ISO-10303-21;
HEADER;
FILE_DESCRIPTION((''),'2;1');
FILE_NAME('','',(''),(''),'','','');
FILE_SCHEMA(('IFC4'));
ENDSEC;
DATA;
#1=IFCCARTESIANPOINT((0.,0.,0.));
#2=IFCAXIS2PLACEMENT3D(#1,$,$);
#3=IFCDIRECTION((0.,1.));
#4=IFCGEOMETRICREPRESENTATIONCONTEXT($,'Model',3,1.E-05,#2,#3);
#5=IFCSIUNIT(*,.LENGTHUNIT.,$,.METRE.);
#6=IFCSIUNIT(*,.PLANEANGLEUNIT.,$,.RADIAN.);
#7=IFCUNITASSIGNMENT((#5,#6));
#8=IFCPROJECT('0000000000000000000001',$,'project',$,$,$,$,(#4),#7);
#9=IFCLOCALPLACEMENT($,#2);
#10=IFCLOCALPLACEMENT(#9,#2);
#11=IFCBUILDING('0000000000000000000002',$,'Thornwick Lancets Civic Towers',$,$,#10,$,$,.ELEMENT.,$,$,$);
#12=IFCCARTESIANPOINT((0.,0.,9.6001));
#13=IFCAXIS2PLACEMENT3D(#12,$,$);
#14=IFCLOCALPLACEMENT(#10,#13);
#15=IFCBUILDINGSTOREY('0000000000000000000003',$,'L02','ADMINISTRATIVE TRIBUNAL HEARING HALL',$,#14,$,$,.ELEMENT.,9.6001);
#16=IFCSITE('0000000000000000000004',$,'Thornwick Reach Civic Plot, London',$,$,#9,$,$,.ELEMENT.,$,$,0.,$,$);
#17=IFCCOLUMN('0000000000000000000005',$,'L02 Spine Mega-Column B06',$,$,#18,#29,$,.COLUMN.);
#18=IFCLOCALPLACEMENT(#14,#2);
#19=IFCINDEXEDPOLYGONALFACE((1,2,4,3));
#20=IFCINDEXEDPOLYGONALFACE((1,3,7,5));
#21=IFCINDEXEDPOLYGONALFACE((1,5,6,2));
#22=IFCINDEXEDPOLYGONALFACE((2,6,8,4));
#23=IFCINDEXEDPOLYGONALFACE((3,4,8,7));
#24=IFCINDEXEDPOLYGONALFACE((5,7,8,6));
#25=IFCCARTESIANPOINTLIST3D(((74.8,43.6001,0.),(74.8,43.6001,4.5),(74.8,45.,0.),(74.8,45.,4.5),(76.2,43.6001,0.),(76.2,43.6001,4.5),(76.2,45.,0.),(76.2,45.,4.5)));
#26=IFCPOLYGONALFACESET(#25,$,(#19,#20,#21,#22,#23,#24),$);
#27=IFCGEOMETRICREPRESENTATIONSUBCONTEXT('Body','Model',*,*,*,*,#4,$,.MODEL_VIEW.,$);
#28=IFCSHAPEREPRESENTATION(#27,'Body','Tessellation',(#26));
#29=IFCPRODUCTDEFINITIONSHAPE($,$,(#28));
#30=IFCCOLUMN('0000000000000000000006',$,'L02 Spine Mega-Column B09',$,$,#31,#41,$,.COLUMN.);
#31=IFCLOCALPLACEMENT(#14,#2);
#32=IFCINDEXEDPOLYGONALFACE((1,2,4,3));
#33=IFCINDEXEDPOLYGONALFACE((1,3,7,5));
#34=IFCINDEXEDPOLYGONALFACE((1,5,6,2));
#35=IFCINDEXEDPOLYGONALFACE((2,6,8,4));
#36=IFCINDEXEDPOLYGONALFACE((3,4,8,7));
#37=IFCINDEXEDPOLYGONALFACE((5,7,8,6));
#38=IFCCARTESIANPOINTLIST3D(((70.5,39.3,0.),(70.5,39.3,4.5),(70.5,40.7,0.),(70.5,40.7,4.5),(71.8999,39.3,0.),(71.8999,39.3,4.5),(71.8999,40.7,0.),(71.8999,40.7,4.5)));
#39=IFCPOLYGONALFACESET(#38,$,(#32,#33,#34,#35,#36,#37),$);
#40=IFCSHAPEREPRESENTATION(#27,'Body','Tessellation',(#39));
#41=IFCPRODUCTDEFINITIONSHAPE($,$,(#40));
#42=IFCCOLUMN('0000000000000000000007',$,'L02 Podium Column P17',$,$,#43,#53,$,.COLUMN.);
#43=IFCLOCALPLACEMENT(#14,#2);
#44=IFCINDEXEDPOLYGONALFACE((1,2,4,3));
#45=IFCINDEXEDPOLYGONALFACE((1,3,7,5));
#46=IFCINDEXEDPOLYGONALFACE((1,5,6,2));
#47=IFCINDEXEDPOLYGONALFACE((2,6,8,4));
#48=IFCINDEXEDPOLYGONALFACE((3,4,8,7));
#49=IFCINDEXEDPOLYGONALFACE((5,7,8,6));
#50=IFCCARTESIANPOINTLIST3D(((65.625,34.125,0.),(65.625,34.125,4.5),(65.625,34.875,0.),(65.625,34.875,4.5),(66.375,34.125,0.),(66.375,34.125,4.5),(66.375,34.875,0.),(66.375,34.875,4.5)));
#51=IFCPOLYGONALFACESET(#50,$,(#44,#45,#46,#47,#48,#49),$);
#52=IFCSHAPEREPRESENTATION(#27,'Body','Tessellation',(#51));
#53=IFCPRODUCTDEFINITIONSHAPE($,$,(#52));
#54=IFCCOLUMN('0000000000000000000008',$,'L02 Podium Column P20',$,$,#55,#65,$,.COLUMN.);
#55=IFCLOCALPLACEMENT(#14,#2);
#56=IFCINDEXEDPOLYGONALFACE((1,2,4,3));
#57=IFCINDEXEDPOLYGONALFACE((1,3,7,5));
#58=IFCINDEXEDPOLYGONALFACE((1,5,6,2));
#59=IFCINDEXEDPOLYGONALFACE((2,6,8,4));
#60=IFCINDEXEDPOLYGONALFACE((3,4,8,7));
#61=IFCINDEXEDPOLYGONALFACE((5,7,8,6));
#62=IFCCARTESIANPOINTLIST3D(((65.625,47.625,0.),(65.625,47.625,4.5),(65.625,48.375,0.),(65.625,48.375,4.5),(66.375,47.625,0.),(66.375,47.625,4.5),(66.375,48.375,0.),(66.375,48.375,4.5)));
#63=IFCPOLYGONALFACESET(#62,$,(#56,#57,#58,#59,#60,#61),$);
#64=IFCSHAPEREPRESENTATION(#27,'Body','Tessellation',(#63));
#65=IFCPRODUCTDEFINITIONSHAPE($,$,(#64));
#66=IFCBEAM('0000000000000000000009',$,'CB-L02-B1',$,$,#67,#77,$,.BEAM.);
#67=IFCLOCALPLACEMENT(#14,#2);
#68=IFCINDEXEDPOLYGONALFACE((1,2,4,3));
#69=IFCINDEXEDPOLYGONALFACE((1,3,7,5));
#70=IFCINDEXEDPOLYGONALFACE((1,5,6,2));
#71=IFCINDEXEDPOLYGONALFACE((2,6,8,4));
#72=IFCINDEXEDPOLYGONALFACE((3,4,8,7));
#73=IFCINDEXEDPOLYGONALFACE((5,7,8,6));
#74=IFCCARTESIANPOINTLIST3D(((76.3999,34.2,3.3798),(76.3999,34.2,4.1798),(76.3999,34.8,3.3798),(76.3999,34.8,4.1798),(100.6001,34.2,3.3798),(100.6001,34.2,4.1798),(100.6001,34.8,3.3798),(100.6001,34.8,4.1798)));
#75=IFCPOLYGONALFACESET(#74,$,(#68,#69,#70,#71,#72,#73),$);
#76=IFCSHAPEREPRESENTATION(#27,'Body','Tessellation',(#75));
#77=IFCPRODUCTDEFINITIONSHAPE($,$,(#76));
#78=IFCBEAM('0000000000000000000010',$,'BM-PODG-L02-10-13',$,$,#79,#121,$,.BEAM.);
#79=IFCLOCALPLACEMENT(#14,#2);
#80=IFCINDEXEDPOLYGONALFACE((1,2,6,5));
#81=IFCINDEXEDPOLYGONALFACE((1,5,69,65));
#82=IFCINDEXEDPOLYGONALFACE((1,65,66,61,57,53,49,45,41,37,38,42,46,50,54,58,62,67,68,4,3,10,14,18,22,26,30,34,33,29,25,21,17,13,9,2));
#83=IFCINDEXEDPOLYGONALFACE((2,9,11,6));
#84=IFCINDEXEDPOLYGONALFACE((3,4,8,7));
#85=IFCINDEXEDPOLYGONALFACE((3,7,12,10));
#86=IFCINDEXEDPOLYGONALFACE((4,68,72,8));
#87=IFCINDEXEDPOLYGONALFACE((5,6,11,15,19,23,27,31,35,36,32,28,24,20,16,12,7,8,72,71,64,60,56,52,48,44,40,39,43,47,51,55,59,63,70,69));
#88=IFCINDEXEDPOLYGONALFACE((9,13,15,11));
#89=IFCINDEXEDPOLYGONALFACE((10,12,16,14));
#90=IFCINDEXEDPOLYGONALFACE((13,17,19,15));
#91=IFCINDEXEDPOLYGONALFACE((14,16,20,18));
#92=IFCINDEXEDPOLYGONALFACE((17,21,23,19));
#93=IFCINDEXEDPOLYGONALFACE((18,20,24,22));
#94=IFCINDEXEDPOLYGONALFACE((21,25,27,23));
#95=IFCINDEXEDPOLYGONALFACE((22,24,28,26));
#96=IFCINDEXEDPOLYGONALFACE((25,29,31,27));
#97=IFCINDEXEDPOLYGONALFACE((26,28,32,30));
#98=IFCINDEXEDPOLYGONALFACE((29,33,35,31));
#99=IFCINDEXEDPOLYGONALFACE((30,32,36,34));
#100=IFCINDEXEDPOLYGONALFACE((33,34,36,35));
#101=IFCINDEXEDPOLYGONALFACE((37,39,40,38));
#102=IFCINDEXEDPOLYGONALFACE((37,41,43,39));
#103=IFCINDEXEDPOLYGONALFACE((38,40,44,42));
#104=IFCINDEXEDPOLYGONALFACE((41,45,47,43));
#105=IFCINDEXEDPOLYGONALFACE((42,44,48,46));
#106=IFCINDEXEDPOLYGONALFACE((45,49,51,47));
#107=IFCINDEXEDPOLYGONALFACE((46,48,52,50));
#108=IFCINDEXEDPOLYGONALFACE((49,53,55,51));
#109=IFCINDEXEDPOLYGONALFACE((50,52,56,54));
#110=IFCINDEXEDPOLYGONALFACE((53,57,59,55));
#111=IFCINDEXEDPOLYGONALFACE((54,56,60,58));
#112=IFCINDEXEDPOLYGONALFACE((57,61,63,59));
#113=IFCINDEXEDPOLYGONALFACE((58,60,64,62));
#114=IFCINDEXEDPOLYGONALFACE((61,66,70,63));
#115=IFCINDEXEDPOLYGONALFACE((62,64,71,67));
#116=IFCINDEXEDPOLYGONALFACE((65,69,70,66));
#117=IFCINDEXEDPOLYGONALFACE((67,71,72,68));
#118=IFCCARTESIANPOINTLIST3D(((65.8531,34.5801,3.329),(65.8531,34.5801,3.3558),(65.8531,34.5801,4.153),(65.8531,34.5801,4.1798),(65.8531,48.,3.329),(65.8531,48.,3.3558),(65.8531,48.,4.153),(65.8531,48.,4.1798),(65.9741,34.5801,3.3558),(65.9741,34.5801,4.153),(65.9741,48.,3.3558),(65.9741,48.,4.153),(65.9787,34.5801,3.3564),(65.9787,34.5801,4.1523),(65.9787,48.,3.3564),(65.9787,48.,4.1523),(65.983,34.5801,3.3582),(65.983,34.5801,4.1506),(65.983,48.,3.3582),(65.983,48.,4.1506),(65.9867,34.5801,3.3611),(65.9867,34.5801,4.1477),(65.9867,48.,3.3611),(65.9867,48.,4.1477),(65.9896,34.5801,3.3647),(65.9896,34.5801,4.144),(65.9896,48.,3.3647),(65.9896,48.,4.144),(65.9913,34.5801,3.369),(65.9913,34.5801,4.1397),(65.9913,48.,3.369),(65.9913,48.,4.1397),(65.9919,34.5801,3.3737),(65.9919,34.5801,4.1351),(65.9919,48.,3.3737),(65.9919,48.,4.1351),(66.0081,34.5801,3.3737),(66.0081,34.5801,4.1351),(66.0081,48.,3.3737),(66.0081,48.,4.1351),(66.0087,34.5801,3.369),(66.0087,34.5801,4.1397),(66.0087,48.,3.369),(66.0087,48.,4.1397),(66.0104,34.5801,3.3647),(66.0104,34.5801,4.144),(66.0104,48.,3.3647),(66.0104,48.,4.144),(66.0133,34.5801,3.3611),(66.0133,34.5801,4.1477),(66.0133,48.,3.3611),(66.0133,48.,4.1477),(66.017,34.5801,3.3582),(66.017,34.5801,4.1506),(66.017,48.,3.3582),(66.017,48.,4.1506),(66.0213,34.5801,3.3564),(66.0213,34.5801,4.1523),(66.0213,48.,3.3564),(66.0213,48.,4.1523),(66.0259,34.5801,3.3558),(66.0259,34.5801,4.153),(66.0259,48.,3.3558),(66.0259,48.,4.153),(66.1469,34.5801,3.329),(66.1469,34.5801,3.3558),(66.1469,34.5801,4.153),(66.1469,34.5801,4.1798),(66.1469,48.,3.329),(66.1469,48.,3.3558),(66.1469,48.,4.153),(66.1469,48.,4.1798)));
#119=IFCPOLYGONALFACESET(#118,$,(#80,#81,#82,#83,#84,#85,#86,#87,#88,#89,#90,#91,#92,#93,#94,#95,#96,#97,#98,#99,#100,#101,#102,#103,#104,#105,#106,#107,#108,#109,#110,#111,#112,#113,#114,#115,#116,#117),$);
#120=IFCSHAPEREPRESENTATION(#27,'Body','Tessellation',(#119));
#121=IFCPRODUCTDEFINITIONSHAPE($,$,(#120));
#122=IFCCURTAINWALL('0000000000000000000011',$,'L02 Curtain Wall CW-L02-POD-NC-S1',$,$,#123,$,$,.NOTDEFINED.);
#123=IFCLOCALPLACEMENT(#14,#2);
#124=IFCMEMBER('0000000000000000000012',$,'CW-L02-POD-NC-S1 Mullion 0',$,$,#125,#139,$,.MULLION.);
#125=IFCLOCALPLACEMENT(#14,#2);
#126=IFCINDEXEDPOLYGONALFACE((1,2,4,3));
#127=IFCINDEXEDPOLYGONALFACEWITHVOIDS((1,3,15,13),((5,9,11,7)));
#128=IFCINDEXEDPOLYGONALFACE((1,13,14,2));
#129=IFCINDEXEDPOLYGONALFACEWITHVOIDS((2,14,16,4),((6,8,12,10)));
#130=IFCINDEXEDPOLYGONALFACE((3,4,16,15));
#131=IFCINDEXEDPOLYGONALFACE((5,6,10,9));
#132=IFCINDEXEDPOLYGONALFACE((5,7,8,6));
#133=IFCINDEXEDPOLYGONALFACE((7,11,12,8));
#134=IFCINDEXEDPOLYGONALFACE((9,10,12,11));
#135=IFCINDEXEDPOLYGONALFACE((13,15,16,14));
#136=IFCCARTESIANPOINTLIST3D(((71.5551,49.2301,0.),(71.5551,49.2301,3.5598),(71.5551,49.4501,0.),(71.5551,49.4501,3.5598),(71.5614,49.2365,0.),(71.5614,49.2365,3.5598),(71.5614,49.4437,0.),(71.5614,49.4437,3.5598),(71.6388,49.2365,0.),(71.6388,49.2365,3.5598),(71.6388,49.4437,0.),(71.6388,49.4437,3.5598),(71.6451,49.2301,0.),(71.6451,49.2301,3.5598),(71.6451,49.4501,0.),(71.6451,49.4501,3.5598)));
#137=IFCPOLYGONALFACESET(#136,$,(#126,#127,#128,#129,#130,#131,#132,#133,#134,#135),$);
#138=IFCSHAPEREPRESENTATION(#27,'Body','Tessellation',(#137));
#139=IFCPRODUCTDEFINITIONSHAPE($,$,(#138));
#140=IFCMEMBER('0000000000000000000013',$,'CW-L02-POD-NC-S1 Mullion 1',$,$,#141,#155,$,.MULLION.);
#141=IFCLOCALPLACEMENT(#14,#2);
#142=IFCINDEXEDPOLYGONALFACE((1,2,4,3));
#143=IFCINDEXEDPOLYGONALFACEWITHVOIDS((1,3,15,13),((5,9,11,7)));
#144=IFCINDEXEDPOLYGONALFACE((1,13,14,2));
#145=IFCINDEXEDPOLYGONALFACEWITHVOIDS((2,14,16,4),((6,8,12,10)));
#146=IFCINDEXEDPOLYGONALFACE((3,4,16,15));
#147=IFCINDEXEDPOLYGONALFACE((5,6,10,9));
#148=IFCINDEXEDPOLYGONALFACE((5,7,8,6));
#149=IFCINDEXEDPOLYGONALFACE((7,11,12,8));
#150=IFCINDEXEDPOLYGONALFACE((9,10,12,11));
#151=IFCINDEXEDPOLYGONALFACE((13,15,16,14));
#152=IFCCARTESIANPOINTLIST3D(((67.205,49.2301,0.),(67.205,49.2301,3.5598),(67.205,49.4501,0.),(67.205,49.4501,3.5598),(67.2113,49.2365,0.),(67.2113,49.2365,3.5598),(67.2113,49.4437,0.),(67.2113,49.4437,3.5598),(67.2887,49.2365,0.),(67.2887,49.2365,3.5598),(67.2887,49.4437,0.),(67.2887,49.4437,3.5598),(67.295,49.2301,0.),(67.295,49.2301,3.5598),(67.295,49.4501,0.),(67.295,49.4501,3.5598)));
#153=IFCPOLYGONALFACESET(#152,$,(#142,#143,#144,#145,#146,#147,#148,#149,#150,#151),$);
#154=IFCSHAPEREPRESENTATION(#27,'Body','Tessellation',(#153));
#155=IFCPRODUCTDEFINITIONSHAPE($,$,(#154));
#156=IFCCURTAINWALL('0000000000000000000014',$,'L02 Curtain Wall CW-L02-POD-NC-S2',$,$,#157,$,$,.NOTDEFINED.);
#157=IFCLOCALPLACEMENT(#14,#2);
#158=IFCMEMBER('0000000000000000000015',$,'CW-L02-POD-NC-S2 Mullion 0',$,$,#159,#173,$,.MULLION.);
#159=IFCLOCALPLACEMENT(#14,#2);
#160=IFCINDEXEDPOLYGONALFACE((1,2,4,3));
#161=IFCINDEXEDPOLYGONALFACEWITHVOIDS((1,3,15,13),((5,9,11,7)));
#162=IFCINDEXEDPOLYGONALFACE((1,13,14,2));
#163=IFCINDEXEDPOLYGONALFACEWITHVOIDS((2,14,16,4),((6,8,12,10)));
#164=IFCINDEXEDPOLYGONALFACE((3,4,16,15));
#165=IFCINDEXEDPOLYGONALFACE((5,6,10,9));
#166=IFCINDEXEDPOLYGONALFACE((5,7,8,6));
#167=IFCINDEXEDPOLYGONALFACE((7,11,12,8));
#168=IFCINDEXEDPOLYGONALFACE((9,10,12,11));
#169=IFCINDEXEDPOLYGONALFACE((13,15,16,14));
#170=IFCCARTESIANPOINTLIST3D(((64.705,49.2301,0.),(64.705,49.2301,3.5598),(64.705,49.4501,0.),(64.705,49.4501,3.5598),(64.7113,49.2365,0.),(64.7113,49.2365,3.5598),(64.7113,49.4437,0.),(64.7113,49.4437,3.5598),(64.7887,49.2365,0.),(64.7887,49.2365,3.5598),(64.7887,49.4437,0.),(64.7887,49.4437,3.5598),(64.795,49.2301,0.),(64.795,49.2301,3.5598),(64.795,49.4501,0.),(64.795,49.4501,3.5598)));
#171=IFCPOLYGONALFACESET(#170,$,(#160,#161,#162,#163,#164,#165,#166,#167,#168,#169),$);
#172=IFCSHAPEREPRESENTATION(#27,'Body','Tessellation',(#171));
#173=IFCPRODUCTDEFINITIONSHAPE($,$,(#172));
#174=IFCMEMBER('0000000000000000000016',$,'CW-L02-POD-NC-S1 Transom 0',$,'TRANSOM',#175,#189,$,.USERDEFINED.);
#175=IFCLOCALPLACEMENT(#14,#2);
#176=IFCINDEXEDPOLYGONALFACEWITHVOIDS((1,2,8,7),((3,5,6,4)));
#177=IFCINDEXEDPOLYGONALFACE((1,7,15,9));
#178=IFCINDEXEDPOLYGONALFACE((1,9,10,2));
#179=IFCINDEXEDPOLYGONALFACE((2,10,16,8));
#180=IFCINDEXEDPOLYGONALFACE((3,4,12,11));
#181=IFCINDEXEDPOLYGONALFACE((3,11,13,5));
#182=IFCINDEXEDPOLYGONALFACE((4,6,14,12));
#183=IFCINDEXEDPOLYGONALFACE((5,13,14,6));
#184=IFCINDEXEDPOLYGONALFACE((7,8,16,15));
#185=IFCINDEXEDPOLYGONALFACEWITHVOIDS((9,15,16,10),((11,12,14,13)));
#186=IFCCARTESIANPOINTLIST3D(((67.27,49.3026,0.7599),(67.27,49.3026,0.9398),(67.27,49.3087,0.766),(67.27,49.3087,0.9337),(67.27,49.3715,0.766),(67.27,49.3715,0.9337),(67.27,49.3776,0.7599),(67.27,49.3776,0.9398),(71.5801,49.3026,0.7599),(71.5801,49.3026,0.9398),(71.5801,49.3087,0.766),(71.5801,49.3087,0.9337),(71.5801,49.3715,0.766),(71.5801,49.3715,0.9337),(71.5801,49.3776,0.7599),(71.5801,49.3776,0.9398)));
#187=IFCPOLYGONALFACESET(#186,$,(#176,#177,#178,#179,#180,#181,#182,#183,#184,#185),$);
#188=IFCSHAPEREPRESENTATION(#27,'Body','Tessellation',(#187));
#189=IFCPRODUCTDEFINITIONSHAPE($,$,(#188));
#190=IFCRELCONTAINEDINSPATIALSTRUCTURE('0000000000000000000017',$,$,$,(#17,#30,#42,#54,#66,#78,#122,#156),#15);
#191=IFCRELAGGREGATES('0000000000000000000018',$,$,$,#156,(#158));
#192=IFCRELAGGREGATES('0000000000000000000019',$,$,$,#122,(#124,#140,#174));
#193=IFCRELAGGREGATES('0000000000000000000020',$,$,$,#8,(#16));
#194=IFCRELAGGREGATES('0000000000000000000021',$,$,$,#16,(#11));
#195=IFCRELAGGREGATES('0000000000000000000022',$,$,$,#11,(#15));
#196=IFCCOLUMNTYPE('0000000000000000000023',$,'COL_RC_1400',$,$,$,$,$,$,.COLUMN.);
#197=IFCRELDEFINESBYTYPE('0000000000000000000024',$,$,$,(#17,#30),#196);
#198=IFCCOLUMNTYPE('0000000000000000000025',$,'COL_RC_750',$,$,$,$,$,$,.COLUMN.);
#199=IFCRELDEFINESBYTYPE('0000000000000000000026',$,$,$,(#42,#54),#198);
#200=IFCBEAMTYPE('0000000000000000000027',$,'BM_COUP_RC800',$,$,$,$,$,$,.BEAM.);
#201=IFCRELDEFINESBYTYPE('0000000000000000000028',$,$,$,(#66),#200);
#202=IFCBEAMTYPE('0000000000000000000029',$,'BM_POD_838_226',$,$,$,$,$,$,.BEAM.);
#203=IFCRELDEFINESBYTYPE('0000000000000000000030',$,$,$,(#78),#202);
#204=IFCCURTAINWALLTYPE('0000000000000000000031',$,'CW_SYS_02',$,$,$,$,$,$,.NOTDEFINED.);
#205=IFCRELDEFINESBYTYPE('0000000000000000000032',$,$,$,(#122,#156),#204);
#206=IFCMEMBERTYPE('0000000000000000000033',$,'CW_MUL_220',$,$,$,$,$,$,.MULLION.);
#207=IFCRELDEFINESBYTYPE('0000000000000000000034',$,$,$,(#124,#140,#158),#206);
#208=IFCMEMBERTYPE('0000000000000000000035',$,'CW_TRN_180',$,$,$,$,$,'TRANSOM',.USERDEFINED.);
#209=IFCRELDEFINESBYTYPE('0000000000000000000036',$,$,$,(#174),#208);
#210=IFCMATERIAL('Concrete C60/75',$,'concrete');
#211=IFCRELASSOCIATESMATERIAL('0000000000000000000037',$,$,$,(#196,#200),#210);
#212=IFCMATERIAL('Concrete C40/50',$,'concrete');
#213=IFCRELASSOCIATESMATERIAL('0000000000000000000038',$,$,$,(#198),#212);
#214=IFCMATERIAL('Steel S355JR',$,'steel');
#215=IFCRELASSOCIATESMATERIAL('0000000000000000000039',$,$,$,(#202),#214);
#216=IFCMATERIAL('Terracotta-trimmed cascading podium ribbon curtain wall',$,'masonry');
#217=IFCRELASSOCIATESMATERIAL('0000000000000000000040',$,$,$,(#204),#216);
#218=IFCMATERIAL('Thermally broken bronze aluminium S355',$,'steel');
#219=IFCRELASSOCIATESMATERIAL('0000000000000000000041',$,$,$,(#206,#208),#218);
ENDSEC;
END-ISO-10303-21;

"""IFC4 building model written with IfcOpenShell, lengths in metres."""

from ifc_helpers import new_model, si_unit, direction, frame, origin, origin_2d, place, context, subcontext, project, spatial, rectangle, hollow_rectangle, i_section, extrude, material, material_profile, profile_set, type_object, element, aggregate, save


model = new_model("IFC4")

# Units and contexts
model_context = context("Model", 3, precision=1e-05, world=origin(), true_north=direction((0.0, 1.0)))
body_context = subcontext(model_context, "Body", "Model", "MODEL_VIEW")
ifc_project = project(units=[si_unit("LENGTHUNIT", "METRE"), si_unit("PLANEANGLEUNIT", "RADIAN")], contexts=[model_context])

# Site, building, storey
site_placement = place(None, origin())
site = spatial("IfcSite", under=ifc_project, at=site_placement, Name="Thornwick Reach Civic Plot, London", CompositionType="ELEMENT", RefElevation=0.0)
building_placement = place(site_placement, origin())
building = spatial("IfcBuilding", under=site, at=building_placement, Name="Thornwick Lancets Civic Towers", CompositionType="ELEMENT")
storey_placement = place(building_placement, frame((0.0, 0.0, 9.6001)))
storey = spatial("IfcBuildingStorey", under=building, at=storey_placement, Name="L02", Description="ADMINISTRATIVE TRIBUNAL HEARING HALL", CompositionType="ELEMENT", Elevation=9.6001)

# Columns
ifc_material_1 = material(Name="Concrete C60/75", Category="concrete")
ifc_material_profile_1 = material_profile(ifc_material_1, rectangle(XDim=1.3999, YDim=1.3999, at=origin_2d()), Name="RC 1400x1400")
ifc_profile_set_1 = profile_set([ifc_material_profile_1], Name="Concrete C60/75")
column_type_1 = type_object("IfcColumnType", Name="COL_RC_1400", PredefinedType="COLUMN", material=ifc_profile_set_1)
for number, where, z_axis, x_axis, name in (
    (1, (75.5, 44.3, 0.0), (0.0, 0.0, 1.0), (1.0, 0.0, 0.0), "L02 Spine Mega-Column B06"),
    (2, (71.2, 40.0, 0.0), (0.0, 0.0, 1.0), (1.0, 0.0, 0.0), "L02 Spine Mega-Column B09"),
):
    element("IfcColumn", number, at=place(storey_placement, frame(where, z_axis=z_axis, x_axis=x_axis)), inside=storey, type_object=column_type_1, Name=name, PredefinedType="COLUMN", context=body_context, shape_type="SweptSolid", body=[
        extrude(rectangle(XDim=1.3999, YDim=1.3999, at=origin_2d()), origin(), (0.0, 0.0, 1.0), 4.5),
    ])
ifc_material_2 = material(Name="Concrete C40/50", Category="concrete")
ifc_material_profile_2 = material_profile(ifc_material_2, rectangle(XDim=0.75, YDim=0.75, at=origin_2d()), Name="RC 750x750")
ifc_profile_set_2 = profile_set([ifc_material_profile_2], Name="Concrete C40/50")
column_type_2 = type_object("IfcColumnType", Name="COL_RC_750", PredefinedType="COLUMN", material=ifc_profile_set_2)
for number, where, z_axis, x_axis, name in (
    (3, (66.0, 34.5, 0.0), (0.0, 0.0, 1.0), (1.0, 0.0, 0.0), "L02 Podium Column P17"),
    (4, (66.0, 48.0, 0.0), (0.0, 0.0, 1.0), (1.0, 0.0, 0.0), "L02 Podium Column P20"),
):
    element("IfcColumn", number, at=place(storey_placement, frame(where, z_axis=z_axis, x_axis=x_axis)), inside=storey, type_object=column_type_2, Name=name, PredefinedType="COLUMN", context=body_context, shape_type="SweptSolid", body=[
        extrude(rectangle(XDim=0.75, YDim=0.75, at=origin_2d()), origin(), (0.0, 0.0, 1.0), 4.5),
    ])

# Beams
ifc_material_profile_3 = material_profile(ifc_material_1, rectangle(XDim=0.6001, YDim=0.8, at=origin_2d()), Name="RC 600x800")
ifc_profile_set_3 = profile_set([ifc_material_profile_3], Name="Concrete C60/75")
beam_type_1 = type_object("IfcBeamType", Name="BM_COUP_RC800", PredefinedType="BEAM", material=ifc_profile_set_3)
beam_1_placement = place(storey_placement, frame((76.3999, 34.5, 3.7798), z_axis=(1.0, 0.0, 0.0), x_axis=(0.0, 1.0, 0.0)))
element("IfcBeam", 5, at=beam_1_placement, inside=storey, type_object=beam_type_1, Name="CB-L02-B1", PredefinedType="BEAM", context=body_context, shape_type="SweptSolid", body=[
    extrude(rectangle(XDim=0.6001, YDim=0.8, at=origin_2d()), origin(), (0.0, 0.0, 1.0), 24.2002),
])
ifc_material_3 = material(Name="Steel S355JR", Category="steel")
ifc_material_profile_4 = material_profile(ifc_material_3, i_section(OverallWidth=0.2937, OverallDepth=0.8508, WebThickness=0.0161, FlangeThickness=0.0269, FilletRadius=0.0178, at=origin_2d()), Name="UKB 838x292x226")
ifc_profile_set_4 = profile_set([ifc_material_profile_4], Name="Steel S355JR")
beam_type_2 = type_object("IfcBeamType", Name="BM_POD_838_226", PredefinedType="BEAM", material=ifc_profile_set_4)
beam_2_placement = place(storey_placement, frame((66.0, 34.5801, 3.7544), z_axis=(0.0, 1.0, 0.0), x_axis=(-1.0, 0.0, 0.0)))
element("IfcBeam", 6, at=beam_2_placement, inside=storey, type_object=beam_type_2, Name="BM-PODG-L02-10-13", PredefinedType="BEAM", context=body_context, shape_type="SweptSolid", body=[
    extrude(i_section(OverallWidth=0.2937, OverallDepth=0.8508, WebThickness=0.0161, FlangeThickness=0.0269, FilletRadius=0.0178, at=origin_2d()), origin(), (0.0, 0.0, 1.0), 13.4199),
])

# Curtain wall, members
ifc_material_4 = material(Name="Terracotta-trimmed cascading podium ribbon curtain wall", Category="masonry")
curtain_wall_type = type_object("IfcCurtainWallType", Name="CW_SYS_02", PredefinedType="NOTDEFINED", material=ifc_material_4)
curtain_wall_1_placement = place(storey_placement, origin())
curtain_wall_1 = element("IfcCurtainWall", 7, at=curtain_wall_1_placement, inside=storey, type_object=curtain_wall_type, Name="L02 Curtain Wall CW-L02-POD-NC-S1", PredefinedType="NOTDEFINED")
ifc_material_5 = material(Name="Thermally broken bronze aluminium S355", Category="steel")
ifc_material_profile_5 = material_profile(ifc_material_5, hollow_rectangle(XDim=0.0901, YDim=0.22, WallThickness=0.0063, at=origin_2d()), Name="RHS 220x90x6.3")
ifc_profile_set_5 = profile_set([ifc_material_profile_5], Name="Thermally broken bronze aluminium S355")
member_type_1 = type_object("IfcMemberType", Name="CW_MUL_220", PredefinedType="MULLION", material=ifc_profile_set_5)
member_1_placement = place(storey_placement, frame((71.6001, 49.3401, 0.0), z_axis=(0.0, 0.0, 1.0), x_axis=(1.0, 0.0, 0.0)))
member_1 = element("IfcMember", 8, at=member_1_placement, type_object=member_type_1, Name="CW-L02-POD-NC-S1 Mullion 0", PredefinedType="MULLION", context=body_context, shape_type="SweptSolid", body=[
    extrude(hollow_rectangle(XDim=0.0901, YDim=0.22, WallThickness=0.0063, at=origin_2d()), origin(), (0.0, 0.0, 1.0), 3.5598),
])
member_2_placement = place(storey_placement, frame((67.25, 49.3401, 0.0), z_axis=(0.0, 0.0, 1.0), x_axis=(1.0, 0.0, 0.0)))
member_2 = element("IfcMember", 9, at=member_2_placement, type_object=member_type_1, Name="CW-L02-POD-NC-S1 Mullion 1", PredefinedType="MULLION", context=body_context, shape_type="SweptSolid", body=[
    extrude(hollow_rectangle(XDim=0.0901, YDim=0.22, WallThickness=0.0063, at=origin_2d()), origin(), (0.0, 0.0, 1.0), 3.5598),
])

# Curtain wall, member
curtain_wall_2_placement = place(storey_placement, origin())
curtain_wall_2 = element("IfcCurtainWall", 10, at=curtain_wall_2_placement, inside=storey, type_object=curtain_wall_type, Name="L02 Curtain Wall CW-L02-POD-NC-S2", PredefinedType="NOTDEFINED")
member_3_placement = place(storey_placement, frame((64.75, 49.3401, 0.0), z_axis=(0.0, 0.0, 1.0), x_axis=(1.0, 0.0, 0.0)))
member_3 = element("IfcMember", 11, at=member_3_placement, type_object=member_type_1, Name="CW-L02-POD-NC-S2 Mullion 0", PredefinedType="MULLION", context=body_context, shape_type="SweptSolid", body=[
    extrude(hollow_rectangle(XDim=0.0901, YDim=0.22, WallThickness=0.0063, at=origin_2d()), origin(), (0.0, 0.0, 1.0), 3.5598),
])

# Member
ifc_material_profile_6 = material_profile(ifc_material_5, hollow_rectangle(XDim=0.075, YDim=0.1799, WallThickness=0.0061, at=origin_2d()), Name="RHS 180x75x6")
ifc_profile_set_6 = profile_set([ifc_material_profile_6], Name="Thermally broken bronze aluminium S355")
member_type_2 = type_object("IfcMemberType", Name="CW_TRN_180", ElementType="TRANSOM", PredefinedType="USERDEFINED", material=ifc_profile_set_6)
member_4_placement = place(storey_placement, frame((71.5801, 49.3401, 0.8499), z_axis=(-1.0, 0.0, 0.0), x_axis=(0.0, -1.0, 0.0)))
member_4 = element("IfcMember", 12, at=member_4_placement, type_object=member_type_2, Name="CW-L02-POD-NC-S1 Transom 0", ObjectType="TRANSOM", PredefinedType="USERDEFINED", context=body_context, shape_type="SweptSolid", body=[
    extrude(hollow_rectangle(XDim=0.075, YDim=0.1799, WallThickness=0.0061, at=origin_2d()), origin(), (0.0, 0.0, 1.0), 4.3101),
])
aggregate(curtain_wall_2, [member_3])

aggregate(curtain_wall_1, [member_1, member_2, member_4])

save(model, "model.ifc")
